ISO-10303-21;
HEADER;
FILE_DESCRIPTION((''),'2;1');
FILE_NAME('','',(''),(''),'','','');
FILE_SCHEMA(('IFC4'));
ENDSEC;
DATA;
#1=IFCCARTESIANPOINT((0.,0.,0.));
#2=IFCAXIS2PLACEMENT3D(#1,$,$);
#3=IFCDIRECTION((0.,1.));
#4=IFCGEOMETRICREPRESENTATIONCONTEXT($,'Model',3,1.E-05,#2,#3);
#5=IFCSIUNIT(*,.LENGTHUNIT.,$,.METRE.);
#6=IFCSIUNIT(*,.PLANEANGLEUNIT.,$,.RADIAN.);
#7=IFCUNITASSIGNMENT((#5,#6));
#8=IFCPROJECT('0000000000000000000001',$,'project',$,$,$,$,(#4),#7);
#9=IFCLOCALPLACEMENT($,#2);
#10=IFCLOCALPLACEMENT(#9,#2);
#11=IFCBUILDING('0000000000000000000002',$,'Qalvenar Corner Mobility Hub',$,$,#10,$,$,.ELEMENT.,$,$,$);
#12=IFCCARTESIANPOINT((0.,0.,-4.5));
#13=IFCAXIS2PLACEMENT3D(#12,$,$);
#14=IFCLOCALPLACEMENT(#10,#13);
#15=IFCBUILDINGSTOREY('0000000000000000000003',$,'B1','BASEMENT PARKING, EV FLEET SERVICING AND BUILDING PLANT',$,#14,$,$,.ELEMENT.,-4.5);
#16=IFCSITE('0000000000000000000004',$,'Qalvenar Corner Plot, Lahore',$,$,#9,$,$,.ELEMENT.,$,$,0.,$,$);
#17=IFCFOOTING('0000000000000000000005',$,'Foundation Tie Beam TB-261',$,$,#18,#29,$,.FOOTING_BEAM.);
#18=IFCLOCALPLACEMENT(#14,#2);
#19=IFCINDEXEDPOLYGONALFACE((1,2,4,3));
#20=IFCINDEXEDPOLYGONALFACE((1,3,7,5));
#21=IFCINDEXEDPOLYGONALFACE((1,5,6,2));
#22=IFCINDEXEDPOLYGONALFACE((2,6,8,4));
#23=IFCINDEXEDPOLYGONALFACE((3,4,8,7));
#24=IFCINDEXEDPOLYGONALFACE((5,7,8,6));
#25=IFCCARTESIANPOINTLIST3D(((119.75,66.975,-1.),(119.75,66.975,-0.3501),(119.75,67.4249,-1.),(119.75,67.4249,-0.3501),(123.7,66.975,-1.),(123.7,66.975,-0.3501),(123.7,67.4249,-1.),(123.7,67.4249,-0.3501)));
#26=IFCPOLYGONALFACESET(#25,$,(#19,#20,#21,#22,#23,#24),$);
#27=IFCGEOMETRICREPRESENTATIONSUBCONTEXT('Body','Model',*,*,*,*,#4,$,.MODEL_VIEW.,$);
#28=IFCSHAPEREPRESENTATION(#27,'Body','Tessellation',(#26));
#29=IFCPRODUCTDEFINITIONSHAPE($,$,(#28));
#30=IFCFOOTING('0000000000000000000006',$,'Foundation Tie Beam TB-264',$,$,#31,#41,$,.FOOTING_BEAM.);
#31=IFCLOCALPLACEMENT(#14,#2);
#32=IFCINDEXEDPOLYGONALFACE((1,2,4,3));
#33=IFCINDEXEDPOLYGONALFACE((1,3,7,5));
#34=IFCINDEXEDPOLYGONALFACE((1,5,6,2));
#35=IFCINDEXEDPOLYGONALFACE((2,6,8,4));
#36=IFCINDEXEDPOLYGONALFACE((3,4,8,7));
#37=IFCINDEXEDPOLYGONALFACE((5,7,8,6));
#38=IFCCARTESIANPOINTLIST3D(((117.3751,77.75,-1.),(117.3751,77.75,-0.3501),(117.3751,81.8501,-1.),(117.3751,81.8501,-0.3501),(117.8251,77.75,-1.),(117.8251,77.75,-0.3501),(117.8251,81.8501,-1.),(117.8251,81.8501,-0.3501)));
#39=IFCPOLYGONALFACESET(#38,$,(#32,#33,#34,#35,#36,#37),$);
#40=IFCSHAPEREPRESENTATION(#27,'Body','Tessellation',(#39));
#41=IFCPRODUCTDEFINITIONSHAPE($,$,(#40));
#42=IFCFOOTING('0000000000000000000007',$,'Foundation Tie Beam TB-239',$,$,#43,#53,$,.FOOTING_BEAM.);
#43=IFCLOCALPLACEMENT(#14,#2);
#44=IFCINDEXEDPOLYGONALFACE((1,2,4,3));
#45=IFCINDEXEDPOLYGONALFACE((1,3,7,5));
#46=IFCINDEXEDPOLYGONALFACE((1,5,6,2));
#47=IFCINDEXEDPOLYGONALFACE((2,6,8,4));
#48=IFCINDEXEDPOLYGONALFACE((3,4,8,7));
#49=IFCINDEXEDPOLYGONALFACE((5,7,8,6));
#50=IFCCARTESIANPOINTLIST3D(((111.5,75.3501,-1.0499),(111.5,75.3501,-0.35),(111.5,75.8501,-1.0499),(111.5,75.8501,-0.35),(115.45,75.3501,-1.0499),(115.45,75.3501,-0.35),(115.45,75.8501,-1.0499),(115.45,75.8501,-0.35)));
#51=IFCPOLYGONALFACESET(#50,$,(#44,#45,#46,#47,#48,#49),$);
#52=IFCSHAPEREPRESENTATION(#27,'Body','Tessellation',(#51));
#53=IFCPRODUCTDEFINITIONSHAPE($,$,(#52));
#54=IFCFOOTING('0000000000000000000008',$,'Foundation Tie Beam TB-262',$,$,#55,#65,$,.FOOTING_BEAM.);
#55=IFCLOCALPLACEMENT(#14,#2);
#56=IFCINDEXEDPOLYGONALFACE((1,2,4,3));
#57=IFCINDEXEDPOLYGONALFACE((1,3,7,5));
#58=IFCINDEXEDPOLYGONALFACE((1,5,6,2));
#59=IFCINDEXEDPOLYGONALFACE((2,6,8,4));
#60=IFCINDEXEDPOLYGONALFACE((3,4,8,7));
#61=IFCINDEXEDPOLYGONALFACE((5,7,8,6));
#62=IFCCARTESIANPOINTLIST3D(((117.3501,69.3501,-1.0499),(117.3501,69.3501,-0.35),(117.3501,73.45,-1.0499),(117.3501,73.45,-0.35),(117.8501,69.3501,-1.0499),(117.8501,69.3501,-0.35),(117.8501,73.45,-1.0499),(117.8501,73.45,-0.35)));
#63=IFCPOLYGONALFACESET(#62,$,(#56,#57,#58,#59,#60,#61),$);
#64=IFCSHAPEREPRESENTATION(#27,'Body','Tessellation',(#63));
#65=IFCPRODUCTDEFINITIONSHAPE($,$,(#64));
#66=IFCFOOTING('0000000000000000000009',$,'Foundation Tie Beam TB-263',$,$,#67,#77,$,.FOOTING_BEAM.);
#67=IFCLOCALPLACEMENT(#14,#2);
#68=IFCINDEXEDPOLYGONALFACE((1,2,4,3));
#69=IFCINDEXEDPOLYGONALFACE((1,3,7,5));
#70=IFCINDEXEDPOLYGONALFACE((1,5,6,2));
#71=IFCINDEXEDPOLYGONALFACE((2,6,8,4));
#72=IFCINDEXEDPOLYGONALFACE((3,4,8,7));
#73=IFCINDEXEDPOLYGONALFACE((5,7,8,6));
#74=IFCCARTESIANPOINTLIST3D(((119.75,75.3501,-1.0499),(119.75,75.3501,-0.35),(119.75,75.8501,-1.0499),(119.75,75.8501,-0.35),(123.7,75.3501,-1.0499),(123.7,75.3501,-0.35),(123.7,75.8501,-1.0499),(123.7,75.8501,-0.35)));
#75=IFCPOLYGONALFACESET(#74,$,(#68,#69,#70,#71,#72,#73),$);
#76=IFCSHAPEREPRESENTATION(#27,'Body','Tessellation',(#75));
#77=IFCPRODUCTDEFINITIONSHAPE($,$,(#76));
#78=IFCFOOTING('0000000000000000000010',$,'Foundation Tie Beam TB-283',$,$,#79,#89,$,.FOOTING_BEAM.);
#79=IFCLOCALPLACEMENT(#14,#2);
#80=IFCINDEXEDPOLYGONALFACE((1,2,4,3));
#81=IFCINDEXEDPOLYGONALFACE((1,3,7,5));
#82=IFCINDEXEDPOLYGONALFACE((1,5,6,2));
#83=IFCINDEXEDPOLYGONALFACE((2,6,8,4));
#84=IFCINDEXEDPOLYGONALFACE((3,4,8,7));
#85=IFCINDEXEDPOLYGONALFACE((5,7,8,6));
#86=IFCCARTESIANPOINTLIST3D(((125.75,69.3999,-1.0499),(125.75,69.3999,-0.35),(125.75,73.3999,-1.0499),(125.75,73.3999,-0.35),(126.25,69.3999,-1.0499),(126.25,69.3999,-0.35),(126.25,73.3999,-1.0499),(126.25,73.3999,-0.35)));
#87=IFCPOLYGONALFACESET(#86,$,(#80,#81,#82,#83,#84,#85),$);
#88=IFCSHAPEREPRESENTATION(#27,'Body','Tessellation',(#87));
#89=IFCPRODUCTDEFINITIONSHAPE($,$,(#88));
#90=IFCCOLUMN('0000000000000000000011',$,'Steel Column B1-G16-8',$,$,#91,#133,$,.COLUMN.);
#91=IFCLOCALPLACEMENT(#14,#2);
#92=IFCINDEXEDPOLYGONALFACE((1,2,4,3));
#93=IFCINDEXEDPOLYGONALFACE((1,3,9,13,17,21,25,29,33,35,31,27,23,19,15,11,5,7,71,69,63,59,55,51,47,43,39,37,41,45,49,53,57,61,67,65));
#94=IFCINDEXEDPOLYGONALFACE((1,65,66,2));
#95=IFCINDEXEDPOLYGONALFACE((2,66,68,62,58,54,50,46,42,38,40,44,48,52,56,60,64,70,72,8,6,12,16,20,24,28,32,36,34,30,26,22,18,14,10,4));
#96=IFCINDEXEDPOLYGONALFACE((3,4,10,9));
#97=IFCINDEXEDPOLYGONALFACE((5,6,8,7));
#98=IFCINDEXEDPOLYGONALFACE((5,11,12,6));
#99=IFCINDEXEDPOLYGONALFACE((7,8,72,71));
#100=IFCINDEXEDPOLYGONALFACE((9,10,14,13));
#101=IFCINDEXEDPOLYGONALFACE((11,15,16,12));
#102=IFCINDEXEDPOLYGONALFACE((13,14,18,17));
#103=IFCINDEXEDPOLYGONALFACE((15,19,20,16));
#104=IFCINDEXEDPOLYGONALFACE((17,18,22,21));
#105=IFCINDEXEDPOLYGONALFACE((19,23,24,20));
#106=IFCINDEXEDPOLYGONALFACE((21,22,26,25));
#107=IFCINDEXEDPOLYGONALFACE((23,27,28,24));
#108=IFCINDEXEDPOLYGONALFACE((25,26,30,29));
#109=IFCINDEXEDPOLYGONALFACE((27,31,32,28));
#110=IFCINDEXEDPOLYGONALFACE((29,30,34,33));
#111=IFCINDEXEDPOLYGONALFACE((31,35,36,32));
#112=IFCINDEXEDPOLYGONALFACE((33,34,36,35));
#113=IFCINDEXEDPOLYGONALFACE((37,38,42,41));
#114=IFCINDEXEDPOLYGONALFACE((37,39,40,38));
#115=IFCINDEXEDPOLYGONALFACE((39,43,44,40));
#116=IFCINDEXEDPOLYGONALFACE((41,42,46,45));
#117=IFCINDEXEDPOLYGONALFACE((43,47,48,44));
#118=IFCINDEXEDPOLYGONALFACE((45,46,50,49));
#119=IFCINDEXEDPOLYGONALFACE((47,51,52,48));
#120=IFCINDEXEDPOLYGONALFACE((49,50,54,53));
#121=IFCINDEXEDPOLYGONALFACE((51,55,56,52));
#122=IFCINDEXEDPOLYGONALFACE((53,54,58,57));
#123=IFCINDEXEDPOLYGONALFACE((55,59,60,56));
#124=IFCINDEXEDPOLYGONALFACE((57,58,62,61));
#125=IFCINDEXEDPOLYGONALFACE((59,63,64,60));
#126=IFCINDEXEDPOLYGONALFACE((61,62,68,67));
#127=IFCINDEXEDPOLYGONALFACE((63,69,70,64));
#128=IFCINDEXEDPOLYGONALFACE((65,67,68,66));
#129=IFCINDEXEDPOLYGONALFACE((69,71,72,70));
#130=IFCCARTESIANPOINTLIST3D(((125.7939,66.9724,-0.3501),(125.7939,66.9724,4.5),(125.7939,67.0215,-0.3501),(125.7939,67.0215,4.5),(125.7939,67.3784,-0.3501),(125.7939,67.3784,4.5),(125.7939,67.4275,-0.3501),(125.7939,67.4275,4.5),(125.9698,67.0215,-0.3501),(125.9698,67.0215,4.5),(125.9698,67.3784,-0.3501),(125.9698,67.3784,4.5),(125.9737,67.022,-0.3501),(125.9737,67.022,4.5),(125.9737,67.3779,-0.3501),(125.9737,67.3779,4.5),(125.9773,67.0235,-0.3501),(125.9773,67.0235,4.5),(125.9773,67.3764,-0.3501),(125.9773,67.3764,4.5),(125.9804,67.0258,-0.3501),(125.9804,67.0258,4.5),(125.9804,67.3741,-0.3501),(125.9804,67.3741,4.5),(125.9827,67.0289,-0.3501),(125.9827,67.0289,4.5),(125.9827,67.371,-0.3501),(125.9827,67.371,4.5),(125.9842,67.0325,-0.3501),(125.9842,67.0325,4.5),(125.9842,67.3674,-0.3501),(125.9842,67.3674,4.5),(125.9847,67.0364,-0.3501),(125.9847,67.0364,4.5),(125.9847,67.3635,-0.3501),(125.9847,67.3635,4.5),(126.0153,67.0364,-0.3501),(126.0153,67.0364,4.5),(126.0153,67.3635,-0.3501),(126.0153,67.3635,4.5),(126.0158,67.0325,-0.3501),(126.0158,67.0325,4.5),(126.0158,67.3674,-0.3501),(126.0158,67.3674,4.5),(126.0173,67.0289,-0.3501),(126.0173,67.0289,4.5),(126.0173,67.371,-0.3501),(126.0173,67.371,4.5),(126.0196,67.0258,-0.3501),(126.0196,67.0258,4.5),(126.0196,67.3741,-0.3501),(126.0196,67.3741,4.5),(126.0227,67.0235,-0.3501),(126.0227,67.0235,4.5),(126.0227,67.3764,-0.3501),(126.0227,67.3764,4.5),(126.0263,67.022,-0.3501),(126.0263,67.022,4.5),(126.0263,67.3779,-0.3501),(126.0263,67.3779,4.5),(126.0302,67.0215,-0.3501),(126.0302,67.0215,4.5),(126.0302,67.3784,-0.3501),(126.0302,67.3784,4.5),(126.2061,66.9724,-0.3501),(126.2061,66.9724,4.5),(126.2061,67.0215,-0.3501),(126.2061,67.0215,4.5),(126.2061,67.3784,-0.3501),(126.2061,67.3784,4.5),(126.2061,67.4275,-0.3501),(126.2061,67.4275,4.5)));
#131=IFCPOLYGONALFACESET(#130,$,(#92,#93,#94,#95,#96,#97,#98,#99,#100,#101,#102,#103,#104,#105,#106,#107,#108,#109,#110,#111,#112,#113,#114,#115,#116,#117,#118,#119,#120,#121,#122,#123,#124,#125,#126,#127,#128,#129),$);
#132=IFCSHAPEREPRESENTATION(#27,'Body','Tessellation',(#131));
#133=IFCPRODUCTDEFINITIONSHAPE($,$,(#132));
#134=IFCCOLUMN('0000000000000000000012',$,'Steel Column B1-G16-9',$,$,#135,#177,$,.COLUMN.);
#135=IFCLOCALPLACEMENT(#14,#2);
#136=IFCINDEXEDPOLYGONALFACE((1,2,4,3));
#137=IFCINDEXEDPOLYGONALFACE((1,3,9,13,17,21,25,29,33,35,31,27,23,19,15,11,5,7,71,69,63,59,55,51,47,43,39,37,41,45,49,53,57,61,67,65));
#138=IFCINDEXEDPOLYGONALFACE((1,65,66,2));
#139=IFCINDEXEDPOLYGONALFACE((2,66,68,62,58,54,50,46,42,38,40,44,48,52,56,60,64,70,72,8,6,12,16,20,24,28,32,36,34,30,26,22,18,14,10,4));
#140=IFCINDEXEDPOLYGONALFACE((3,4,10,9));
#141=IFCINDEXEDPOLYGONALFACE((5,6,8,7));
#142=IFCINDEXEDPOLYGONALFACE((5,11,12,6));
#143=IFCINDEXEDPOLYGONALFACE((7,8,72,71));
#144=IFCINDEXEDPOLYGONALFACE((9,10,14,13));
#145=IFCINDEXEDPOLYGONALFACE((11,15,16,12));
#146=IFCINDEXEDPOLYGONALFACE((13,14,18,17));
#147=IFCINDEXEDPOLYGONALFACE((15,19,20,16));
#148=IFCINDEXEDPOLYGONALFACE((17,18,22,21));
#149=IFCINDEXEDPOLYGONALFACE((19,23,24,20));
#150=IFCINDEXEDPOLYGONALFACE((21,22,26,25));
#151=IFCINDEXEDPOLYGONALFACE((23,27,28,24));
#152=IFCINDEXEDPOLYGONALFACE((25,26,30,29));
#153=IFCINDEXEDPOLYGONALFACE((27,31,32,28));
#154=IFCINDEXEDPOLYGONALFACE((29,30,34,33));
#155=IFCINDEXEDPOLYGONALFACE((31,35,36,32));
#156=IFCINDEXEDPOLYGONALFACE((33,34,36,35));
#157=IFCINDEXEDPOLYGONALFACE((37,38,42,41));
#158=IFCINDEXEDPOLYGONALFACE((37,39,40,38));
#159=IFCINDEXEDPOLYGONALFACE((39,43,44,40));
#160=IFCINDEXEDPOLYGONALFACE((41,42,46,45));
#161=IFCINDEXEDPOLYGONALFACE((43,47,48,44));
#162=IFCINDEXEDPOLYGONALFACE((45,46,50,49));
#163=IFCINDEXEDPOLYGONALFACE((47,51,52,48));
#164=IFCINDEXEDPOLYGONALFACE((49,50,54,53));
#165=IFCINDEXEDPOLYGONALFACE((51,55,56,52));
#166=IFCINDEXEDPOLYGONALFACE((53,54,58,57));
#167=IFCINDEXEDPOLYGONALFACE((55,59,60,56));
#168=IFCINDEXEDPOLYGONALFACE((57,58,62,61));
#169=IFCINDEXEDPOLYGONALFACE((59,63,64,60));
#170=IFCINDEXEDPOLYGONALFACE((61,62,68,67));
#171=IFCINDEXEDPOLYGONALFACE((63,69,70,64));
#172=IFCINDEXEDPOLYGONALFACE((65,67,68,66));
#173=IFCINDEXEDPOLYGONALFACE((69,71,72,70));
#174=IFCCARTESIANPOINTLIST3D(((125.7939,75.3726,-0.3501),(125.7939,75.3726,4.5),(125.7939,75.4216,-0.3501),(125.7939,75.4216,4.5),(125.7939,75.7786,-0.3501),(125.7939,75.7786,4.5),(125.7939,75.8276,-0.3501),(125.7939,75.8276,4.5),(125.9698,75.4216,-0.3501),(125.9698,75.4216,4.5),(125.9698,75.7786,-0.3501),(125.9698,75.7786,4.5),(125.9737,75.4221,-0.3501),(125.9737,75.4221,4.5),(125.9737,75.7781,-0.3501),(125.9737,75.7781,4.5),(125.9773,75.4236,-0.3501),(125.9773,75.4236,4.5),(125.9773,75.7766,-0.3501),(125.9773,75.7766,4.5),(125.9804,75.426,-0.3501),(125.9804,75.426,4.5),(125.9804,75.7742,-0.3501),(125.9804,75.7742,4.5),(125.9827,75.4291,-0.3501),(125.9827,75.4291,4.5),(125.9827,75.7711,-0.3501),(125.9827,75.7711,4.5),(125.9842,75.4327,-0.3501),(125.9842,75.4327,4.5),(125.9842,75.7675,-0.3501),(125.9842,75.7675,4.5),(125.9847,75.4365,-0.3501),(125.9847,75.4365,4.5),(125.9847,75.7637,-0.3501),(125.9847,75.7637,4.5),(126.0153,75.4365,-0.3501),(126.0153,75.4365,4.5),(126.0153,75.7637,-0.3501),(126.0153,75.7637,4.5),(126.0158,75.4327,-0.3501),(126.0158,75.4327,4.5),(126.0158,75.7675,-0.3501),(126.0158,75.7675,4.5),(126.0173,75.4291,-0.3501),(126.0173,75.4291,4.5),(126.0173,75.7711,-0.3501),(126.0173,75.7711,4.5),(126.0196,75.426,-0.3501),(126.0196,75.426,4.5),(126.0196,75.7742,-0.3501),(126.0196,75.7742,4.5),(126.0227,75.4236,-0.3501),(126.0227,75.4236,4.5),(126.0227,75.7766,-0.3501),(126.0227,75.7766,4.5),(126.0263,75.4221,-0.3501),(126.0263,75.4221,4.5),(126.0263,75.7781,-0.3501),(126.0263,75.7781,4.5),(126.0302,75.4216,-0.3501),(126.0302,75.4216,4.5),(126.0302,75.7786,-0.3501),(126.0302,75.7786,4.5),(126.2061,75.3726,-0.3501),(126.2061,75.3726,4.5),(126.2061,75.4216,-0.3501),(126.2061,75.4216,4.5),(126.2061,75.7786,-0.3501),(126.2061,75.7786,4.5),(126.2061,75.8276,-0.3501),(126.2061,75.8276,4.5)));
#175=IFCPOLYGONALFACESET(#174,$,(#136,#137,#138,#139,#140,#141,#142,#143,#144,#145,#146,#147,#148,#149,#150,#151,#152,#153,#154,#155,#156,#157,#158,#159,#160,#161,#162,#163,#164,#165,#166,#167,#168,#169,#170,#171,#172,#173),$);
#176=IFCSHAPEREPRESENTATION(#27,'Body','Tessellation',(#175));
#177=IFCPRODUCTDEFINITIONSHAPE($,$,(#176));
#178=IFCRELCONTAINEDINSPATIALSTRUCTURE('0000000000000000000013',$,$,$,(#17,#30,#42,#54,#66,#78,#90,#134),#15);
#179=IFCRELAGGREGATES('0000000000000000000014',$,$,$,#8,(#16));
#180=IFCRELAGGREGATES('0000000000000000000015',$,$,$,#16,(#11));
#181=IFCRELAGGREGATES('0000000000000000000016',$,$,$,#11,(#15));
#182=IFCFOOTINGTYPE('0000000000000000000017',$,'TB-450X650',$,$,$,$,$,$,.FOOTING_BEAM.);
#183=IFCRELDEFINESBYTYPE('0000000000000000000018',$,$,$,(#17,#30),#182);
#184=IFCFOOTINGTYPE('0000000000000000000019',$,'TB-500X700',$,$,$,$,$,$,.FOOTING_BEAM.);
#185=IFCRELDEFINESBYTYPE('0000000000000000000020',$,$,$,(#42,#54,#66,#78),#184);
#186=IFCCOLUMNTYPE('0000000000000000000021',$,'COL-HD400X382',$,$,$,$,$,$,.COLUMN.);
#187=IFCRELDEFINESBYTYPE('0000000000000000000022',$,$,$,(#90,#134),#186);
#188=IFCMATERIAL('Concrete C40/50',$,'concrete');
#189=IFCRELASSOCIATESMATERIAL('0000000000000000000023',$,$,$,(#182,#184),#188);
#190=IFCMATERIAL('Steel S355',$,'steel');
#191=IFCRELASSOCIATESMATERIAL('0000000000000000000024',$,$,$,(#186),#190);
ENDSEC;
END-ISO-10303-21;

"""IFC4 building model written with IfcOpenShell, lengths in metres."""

from ifc_helpers import new_model, si_unit, direction, frame, origin, origin_2d, place, context, subcontext, project, spatial, rectangle, i_section, extrude, material, material_profile, profile_set, type_object, element, save


model = new_model("IFC4")

# Units and contexts
model_context = context("Model", 3, precision=1e-05, world=origin(), true_north=direction((0.0, 1.0)))
body_context = subcontext(model_context, "Body", "Model", "MODEL_VIEW")
ifc_project = project(units=[si_unit("LENGTHUNIT", "METRE"), si_unit("PLANEANGLEUNIT", "RADIAN")], contexts=[model_context])

# Site, building, storey
site_placement = place(None, origin())
site = spatial("IfcSite", under=ifc_project, at=site_placement, Name="Qalvenar Corner Plot, Lahore", CompositionType="ELEMENT", RefElevation=0.0)
building_placement = place(site_placement, origin())
building = spatial("IfcBuilding", under=site, at=building_placement, Name="Qalvenar Corner Mobility Hub", CompositionType="ELEMENT")
storey_placement = place(building_placement, frame((0.0, 0.0, -4.5)))
storey = spatial("IfcBuildingStorey", under=building, at=storey_placement, Name="B1", Description="BASEMENT PARKING, EV FLEET SERVICING AND BUILDING PLANT", CompositionType="ELEMENT", Elevation=-4.5)

# Shared definitions
ifc_material_1 = material(Name="Concrete C40/50", Category="concrete")

# Footings
ifc_material_profile_1 = material_profile(ifc_material_1, rectangle(XDim=0.45, YDim=0.6499, at=origin_2d()), Name="RC450x650")
ifc_profile_set_1 = profile_set([ifc_material_profile_1], Name="Concrete C40/50")
footing_type_1 = type_object("IfcFootingType", Name="TB-450X650", PredefinedType="FOOTING_BEAM", material=ifc_profile_set_1)
for number, where, z_axis, x_axis, name in (
    (1, (119.75, 67.2, -0.675), (1.0, 0.0, 0.0), (0.0, 1.0, 0.0), "Foundation Tie Beam TB-261"),
):
    element("IfcFooting", number, at=place(storey_placement, frame(where, z_axis=z_axis, x_axis=x_axis)), inside=storey, type_object=footing_type_1, Name=name, PredefinedType="FOOTING_BEAM", context=body_context, shape_type="SweptSolid", body=[
        extrude(rectangle(XDim=0.45, YDim=0.6499, at=origin_2d()), origin(), (0.0, 0.0, 1.0), 3.95),
    ])
footing_1_placement = place(storey_placement, frame((117.6001, 77.75, -0.675), z_axis=(0.0, 1.0, 0.0), x_axis=(-1.0, 0.0, 0.0)))
element("IfcFooting", 2, at=footing_1_placement, inside=storey, type_object=footing_type_1, Name="Foundation Tie Beam TB-264", PredefinedType="FOOTING_BEAM", context=body_context, shape_type="SweptSolid", body=[
    extrude(rectangle(XDim=0.45, YDim=0.6499, at=origin_2d()), origin(), (0.0, 0.0, 1.0), 4.1001),
])
ifc_material_profile_2 = material_profile(ifc_material_1, rectangle(XDim=0.5, YDim=0.7, at=origin_2d()), Name="RC500x700")
ifc_profile_set_2 = profile_set([ifc_material_profile_2], Name="Concrete C40/50")
footing_type_2 = type_object("IfcFootingType", Name="TB-500X700", PredefinedType="FOOTING_BEAM", material=ifc_profile_set_2)
footing_2_placement = place(storey_placement, frame((111.5, 75.6001, -0.7), z_axis=(1.0, 0.0, 0.0), x_axis=(0.0, 1.0, 0.0)))
element("IfcFooting", 3, at=footing_2_placement, inside=storey, type_object=footing_type_2, Name="Foundation Tie Beam TB-239", PredefinedType="FOOTING_BEAM", context=body_context, shape_type="SweptSolid", body=[
    extrude(rectangle(XDim=0.5, YDim=0.7, at=origin_2d()), origin(), (0.0, 0.0, 1.0), 3.95),
])
footing_3_placement = place(storey_placement, frame((117.6001, 69.3501, -0.7), z_axis=(0.0, 1.0, 0.0), x_axis=(-1.0, 0.0, 0.0)))
element("IfcFooting", 4, at=footing_3_placement, inside=storey, type_object=footing_type_2, Name="Foundation Tie Beam TB-262", PredefinedType="FOOTING_BEAM", context=body_context, shape_type="SweptSolid", body=[
    extrude(rectangle(XDim=0.5, YDim=0.7, at=origin_2d()), origin(), (0.0, 0.0, 1.0), 4.0999),
])
footing_4_placement = place(storey_placement, frame((119.75, 75.6001, -0.7), z_axis=(1.0, 0.0, 0.0), x_axis=(0.0, 1.0, 0.0)))
element("IfcFooting", 5, at=footing_4_placement, inside=storey, type_object=footing_type_2, Name="Foundation Tie Beam TB-263", PredefinedType="FOOTING_BEAM", context=body_context, shape_type="SweptSolid", body=[
    extrude(rectangle(XDim=0.5, YDim=0.7, at=origin_2d()), origin(), (0.0, 0.0, 1.0), 3.95),
])
footing_5_placement = place(storey_placement, frame((126.0, 69.3999, -0.7), z_axis=(0.0, 1.0, 0.0), x_axis=(-1.0, 0.0, 0.0)))
element("IfcFooting", 6, at=footing_5_placement, inside=storey, type_object=footing_type_2, Name="Foundation Tie Beam TB-283", PredefinedType="FOOTING_BEAM", context=body_context, shape_type="SweptSolid", body=[
    extrude(rectangle(XDim=0.5, YDim=0.7, at=origin_2d()), origin(), (0.0, 0.0, 1.0), 4.0),
])

# Columns
ifc_material_2 = material(Name="Steel S355", Category="steel")
ifc_material_profile_3 = material_profile(ifc_material_2, i_section(OverallWidth=0.4121, OverallDepth=0.4551, WebThickness=0.0305, FlangeThickness=0.0491, FilletRadius=0.0149, at=origin_2d()), Name="HD400x421")
ifc_profile_set_3 = profile_set([ifc_material_profile_3], Name="Steel S355")
column_type_1 = type_object("IfcColumnType", Name="COL-HD400X382", PredefinedType="COLUMN", material=ifc_profile_set_3)
for number, where, z_axis, x_axis, name in (
    (7, (126.0, 67.2, -0.3501), (0.0, 0.0, 1.0), (1.0, 0.0, 0.0), "Steel Column B1-G16-8"),
    (8, (126.0, 75.6001, -0.3501), (0.0, 0.0, 1.0), (1.0, 0.0, 0.0), "Steel Column B1-G16-9"),
):
    element("IfcColumn", number, at=place(storey_placement, frame(where, z_axis=z_axis, x_axis=x_axis)), inside=storey, type_object=column_type_1, Name=name, PredefinedType="COLUMN", context=body_context, shape_type="SweptSolid", body=[
        extrude(i_section(OverallWidth=0.4121, OverallDepth=0.4551, WebThickness=0.0305, FlangeThickness=0.0491, FilletRadius=0.0149, at=origin_2d()), origin(), (0.0, 0.0, 1.0), 4.8501),
    ])

save(model, "model.ifc")
